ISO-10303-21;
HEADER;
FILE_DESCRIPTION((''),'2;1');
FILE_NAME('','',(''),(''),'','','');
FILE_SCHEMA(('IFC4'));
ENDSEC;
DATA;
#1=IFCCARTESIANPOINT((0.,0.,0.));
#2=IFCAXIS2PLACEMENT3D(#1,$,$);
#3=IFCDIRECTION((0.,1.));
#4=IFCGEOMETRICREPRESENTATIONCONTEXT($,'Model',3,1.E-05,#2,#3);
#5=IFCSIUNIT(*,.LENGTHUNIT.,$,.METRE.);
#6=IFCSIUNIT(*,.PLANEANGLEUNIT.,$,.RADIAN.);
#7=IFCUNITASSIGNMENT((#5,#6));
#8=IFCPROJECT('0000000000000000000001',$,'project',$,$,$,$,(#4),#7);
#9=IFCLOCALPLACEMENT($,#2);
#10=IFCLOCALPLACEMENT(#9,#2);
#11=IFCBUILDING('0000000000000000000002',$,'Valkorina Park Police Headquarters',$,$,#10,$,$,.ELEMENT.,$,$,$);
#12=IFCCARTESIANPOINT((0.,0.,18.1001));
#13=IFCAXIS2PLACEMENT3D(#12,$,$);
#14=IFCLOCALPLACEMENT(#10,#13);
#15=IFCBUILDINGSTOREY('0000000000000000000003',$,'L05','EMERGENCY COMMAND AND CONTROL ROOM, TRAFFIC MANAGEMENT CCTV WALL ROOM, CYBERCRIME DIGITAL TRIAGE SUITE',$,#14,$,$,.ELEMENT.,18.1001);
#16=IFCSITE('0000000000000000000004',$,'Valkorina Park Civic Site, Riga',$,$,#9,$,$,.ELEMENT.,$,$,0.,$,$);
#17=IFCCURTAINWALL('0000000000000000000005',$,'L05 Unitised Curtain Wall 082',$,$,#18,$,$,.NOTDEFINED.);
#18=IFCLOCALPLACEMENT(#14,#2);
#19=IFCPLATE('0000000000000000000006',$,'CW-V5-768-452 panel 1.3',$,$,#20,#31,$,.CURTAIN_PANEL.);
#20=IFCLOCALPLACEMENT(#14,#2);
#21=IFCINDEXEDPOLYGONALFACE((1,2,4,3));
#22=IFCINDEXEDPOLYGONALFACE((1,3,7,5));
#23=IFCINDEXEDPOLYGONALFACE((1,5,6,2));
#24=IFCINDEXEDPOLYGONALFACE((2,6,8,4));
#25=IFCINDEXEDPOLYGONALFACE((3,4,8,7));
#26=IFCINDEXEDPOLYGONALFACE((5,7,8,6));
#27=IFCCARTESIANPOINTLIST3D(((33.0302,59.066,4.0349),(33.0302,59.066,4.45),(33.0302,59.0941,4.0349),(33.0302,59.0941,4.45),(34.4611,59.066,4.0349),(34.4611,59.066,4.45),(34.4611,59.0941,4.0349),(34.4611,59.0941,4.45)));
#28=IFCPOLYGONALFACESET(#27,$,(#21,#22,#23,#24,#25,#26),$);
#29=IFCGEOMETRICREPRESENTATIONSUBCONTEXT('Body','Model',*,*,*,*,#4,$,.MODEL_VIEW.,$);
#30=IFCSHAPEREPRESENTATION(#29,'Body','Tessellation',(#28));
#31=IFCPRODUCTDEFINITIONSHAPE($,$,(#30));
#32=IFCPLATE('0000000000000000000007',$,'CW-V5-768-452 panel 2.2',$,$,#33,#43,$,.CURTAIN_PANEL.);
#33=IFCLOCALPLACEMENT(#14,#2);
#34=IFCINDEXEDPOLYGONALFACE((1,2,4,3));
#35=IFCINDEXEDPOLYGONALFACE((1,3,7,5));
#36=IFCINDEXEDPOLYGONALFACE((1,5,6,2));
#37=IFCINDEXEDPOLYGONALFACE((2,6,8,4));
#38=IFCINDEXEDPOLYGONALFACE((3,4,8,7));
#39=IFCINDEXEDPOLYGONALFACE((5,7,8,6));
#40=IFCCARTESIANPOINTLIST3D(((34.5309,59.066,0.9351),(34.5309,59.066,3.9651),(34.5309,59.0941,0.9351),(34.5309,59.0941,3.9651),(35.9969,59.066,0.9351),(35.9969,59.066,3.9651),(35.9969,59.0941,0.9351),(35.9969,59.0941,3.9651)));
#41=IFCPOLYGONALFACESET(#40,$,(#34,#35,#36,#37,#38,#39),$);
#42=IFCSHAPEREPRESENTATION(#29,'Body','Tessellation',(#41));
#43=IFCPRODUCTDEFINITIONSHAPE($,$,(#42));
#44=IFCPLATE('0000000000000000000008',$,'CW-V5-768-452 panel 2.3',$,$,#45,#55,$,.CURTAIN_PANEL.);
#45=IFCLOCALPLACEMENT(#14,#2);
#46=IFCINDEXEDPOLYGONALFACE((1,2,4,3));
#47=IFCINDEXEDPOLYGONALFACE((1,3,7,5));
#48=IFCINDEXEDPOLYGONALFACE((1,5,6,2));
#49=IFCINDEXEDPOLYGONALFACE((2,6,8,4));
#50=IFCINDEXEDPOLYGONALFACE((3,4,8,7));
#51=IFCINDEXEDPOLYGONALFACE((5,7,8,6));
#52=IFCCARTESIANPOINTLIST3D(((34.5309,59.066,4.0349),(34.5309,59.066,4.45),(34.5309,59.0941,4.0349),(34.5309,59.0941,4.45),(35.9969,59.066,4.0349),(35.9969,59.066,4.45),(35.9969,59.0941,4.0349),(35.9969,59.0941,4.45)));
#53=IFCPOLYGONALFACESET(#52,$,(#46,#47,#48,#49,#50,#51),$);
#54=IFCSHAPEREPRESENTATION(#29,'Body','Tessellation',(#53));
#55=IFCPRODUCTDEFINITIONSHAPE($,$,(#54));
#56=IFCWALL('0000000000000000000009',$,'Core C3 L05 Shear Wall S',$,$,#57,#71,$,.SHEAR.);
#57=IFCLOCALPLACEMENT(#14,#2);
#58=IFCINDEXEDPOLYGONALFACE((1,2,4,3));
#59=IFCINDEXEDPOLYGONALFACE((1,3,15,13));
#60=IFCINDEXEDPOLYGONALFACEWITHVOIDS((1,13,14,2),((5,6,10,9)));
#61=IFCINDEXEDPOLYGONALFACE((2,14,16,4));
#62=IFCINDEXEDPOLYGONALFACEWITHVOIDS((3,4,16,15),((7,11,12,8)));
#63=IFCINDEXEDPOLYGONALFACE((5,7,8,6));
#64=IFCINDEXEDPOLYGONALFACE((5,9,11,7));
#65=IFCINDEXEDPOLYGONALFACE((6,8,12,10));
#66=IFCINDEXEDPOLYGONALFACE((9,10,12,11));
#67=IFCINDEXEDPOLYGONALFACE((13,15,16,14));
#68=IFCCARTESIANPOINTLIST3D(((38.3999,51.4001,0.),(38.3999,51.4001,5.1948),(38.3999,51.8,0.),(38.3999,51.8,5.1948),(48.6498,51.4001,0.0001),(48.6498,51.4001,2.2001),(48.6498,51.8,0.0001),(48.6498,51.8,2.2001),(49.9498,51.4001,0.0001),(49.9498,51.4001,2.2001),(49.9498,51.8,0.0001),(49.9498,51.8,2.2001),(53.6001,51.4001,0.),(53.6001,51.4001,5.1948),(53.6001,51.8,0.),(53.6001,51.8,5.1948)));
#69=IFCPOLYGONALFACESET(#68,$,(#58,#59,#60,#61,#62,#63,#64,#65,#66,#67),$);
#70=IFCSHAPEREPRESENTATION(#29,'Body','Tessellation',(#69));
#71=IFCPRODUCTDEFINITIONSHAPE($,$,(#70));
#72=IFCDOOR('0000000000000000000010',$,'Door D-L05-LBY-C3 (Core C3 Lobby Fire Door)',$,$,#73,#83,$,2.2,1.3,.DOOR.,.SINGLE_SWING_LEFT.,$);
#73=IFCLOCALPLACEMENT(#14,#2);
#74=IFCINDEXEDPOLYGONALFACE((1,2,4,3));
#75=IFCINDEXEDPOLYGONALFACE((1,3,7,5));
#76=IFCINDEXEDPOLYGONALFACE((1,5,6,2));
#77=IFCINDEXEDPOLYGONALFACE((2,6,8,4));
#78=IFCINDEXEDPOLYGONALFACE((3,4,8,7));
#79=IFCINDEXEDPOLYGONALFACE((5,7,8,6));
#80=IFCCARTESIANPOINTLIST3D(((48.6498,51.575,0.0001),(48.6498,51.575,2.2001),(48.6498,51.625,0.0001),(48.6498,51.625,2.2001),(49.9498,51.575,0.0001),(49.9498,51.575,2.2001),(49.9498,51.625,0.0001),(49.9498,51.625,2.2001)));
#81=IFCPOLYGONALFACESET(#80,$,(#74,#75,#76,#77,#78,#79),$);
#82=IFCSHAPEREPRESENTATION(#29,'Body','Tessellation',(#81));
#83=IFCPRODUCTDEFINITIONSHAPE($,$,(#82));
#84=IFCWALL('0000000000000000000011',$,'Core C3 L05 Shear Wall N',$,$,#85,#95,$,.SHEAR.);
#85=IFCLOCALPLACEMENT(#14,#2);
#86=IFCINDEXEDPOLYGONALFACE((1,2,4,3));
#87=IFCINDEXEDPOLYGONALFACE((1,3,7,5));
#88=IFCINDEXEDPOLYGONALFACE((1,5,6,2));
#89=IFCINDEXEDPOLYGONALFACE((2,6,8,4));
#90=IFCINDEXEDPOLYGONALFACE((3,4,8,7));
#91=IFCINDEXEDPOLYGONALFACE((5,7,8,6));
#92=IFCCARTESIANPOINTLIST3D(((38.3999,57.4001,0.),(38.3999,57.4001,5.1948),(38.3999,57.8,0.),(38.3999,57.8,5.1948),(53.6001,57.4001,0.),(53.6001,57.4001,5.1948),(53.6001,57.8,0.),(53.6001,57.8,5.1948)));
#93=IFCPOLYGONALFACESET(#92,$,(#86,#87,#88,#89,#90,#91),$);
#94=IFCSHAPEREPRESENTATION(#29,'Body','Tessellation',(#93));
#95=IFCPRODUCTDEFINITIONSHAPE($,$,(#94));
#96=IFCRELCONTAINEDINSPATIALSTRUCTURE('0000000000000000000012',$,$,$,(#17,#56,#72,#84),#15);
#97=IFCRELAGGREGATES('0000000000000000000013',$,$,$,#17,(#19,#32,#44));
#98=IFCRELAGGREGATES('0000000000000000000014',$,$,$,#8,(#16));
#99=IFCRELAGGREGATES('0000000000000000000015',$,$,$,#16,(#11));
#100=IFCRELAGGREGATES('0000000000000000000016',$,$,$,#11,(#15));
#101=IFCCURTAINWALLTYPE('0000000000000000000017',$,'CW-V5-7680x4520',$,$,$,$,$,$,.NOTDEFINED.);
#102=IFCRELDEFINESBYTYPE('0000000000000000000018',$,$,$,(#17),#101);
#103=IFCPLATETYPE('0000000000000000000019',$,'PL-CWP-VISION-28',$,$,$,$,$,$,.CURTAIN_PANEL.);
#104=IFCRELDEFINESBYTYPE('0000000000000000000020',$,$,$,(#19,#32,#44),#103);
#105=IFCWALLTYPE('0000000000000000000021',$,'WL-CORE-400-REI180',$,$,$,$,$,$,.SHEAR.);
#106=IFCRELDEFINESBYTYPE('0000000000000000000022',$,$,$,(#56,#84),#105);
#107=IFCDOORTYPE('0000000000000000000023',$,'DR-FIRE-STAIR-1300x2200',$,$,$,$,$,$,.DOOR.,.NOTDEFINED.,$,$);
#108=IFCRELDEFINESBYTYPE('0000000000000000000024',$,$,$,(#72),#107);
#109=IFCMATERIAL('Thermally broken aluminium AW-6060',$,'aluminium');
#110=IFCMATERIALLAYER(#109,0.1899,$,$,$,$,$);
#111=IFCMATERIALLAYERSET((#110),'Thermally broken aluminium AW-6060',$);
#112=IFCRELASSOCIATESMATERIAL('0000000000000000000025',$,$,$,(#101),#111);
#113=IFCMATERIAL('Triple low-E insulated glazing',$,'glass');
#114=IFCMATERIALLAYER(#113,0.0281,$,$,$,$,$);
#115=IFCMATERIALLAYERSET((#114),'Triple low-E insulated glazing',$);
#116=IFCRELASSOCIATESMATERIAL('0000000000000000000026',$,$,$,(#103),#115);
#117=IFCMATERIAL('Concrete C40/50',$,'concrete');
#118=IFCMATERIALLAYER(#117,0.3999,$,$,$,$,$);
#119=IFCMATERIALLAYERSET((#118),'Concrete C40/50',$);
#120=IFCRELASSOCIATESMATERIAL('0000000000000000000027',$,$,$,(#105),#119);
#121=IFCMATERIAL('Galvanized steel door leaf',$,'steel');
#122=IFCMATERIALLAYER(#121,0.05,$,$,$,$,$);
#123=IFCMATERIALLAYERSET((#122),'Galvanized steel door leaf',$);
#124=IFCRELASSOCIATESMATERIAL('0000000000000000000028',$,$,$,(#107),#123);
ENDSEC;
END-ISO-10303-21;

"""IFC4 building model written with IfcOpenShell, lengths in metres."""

from ifc_helpers import new_model, si_unit, direction, frame, frame_2d, origin, origin_2d, place, context, subcontext, project, spatial, rectangle, extrude, material, layer, layer_set, type_object, element, fill, aggregate, save


model = new_model("IFC4")

# Units and contexts
model_context = context("Model", 3, precision=1e-05, world=origin(), true_north=direction((0.0, 1.0)))
body_context = subcontext(model_context, "Body", "Model", "MODEL_VIEW")
ifc_project = project(units=[si_unit("LENGTHUNIT", "METRE"), si_unit("PLANEANGLEUNIT", "RADIAN")], contexts=[model_context])

# Site, building, storey
site_placement = place(None, origin())
site = spatial("IfcSite", under=ifc_project, at=site_placement, Name="Valkorina Park Civic Site, Riga", CompositionType="ELEMENT", RefElevation=0.0)
building_placement = place(site_placement, origin())
building = spatial("IfcBuilding", under=site, at=building_placement, Name="Valkorina Park Police Headquarters", CompositionType="ELEMENT")
storey_placement = place(building_placement, frame((0.0, 0.0, 18.1001)))
storey = spatial("IfcBuildingStorey", under=building, at=storey_placement, Name="L05", Description="EMERGENCY COMMAND AND CONTROL ROOM, TRAFFIC MANAGEMENT CCTV WALL ROOM, CYBERCRIME DIGITAL TRIAGE SUITE", CompositionType="ELEMENT", Elevation=18.1001)

# Curtain wall
ifc_material_1 = material(Name="Thermally broken aluminium AW-6060", Category="aluminium")
ifc_layer_1 = layer(ifc_material_1, 0.1899)
ifc_layer_set_1 = layer_set([ifc_layer_1], Name="Thermally broken aluminium AW-6060")
curtain_wall_type_1 = type_object("IfcCurtainWallType", Name="CW-V5-7680x4520", PredefinedType="NOTDEFINED", material=ifc_layer_set_1)
curtain_wall_1_placement = place(storey_placement, origin())
curtain_wall_1 = element("IfcCurtainWall", 1, at=curtain_wall_1_placement, inside=storey, type_object=curtain_wall_type_1, Name="L05 Unitised Curtain Wall 082", PredefinedType="NOTDEFINED")

# Plates
ifc_material_2 = material(Name="Triple low-E insulated glazing", Category="glass")
ifc_layer_2 = layer(ifc_material_2, 0.0281)
ifc_layer_set_2 = layer_set([ifc_layer_2], Name="Triple low-E insulated glazing")
plate_type_1 = type_object("IfcPlateType", Name="PL-CWP-VISION-28", PredefinedType="CURTAIN_PANEL", material=ifc_layer_set_2)
plate_1_placement = place(storey_placement, frame((33.7456, 59.0801, 4.0349), z_axis=(0.0, 0.0, 1.0), x_axis=(1.0, 0.0, 0.0)))
plate_1 = element("IfcPlate", 2, at=plate_1_placement, type_object=plate_type_1, Name="CW-V5-768-452 panel 1.3", PredefinedType="CURTAIN_PANEL", context=body_context, shape_type="SweptSolid", body=[
    extrude(rectangle(XDim=1.4309, YDim=0.0281, at=origin_2d()), origin(), (0.0, 0.0, 1.0), 0.415),
])
plate_2_placement = place(storey_placement, frame((35.2639, 59.0801, 0.9351), z_axis=(0.0, 0.0, 1.0), x_axis=(1.0, 0.0, 0.0)))
plate_2 = element("IfcPlate", 3, at=plate_2_placement, type_object=plate_type_1, Name="CW-V5-768-452 panel 2.2", PredefinedType="CURTAIN_PANEL", context=body_context, shape_type="SweptSolid", body=[
    extrude(rectangle(XDim=1.4661, YDim=0.0281, at=origin_2d()), origin(), (0.0, 0.0, 1.0), 3.03),
])
plate_3_placement = place(storey_placement, frame((35.2639, 59.0801, 4.0349), z_axis=(0.0, 0.0, 1.0), x_axis=(1.0, 0.0, 0.0)))
plate_3 = element("IfcPlate", 4, at=plate_3_placement, type_object=plate_type_1, Name="CW-V5-768-452 panel 2.3", PredefinedType="CURTAIN_PANEL", context=body_context, shape_type="SweptSolid", body=[
    extrude(rectangle(XDim=1.4661, YDim=0.0281, at=origin_2d()), origin(), (0.0, 0.0, 1.0), 0.415),
])
aggregate(curtain_wall_1, [plate_1, plate_2, plate_3])

# Wall, opening, door
ifc_material_3 = material(Name="Concrete C40/50", Category="concrete")
ifc_layer_3 = layer(ifc_material_3, 0.3999)
ifc_layer_set_3 = layer_set([ifc_layer_3], Name="Concrete C40/50")
wall_type = type_object("IfcWallType", Name="WL-CORE-400-REI180", PredefinedType="SHEAR", material=ifc_layer_set_3)
wall_1_placement = place(storey_placement, frame((38.3999, 51.6001, 0.0), z_axis=(0.0, 0.0, 1.0), x_axis=(1.0, 0.0, 0.0)))
wall_1 = element("IfcWall", 5, at=wall_1_placement, inside=storey, type_object=wall_type, Name="Core C3 L05 Shear Wall S", PredefinedType="SHEAR", context=body_context, shape_type="SweptSolid", body=[
    extrude(rectangle(XDim=15.2002, YDim=0.3999, at=frame_2d((7.6001, 0.0))), origin(), (0.0, 0.0, 1.0), 5.1948),
])
opening_placement = place(wall_1_placement, frame((10.25, 0.0, 0.0)))
opening = element("IfcOpeningElement", 6, at=opening_placement, cuts=wall_1, PredefinedType="OPENING", context=body_context, shape_type="SweptSolid", body=[
    extrude(rectangle(XDim=1.3, YDim=2.2, at=frame_2d((0.6499, 1.1001))), frame((0.0, 0.21, 0.0), z_axis=(0.0, -1.0, 0.0), x_axis=(1.0, 0.0, 0.0)), (0.0, 0.0, 1.0), 0.4199),
])
ifc_material_4 = material(Name="Galvanized steel door leaf", Category="steel")
ifc_layer_4 = layer(ifc_material_4, 0.05)
ifc_layer_set_4 = layer_set([ifc_layer_4], Name="Galvanized steel door leaf")
door_type = type_object("IfcDoorType", Name="DR-FIRE-STAIR-1300x2200", OperationType="NOTDEFINED", PredefinedType="DOOR", material=ifc_layer_set_4)
door_placement = place(opening_placement, origin())
door = element("IfcDoor", 7, at=door_placement, inside=storey, type_object=door_type, Name="Door D-L05-LBY-C3 (Core C3 Lobby Fire Door)", OperationType="SINGLE_SWING_LEFT", OverallHeight=2.2, OverallWidth=1.3, PredefinedType="DOOR", context=body_context, shape_type="SweptSolid", body=[
    extrude(rectangle(XDim=1.3, YDim=2.2, at=frame_2d((0.6499, 1.1001))), frame((0.0, 0.0249, 0.0), z_axis=(0.0, -1.0, 0.0), x_axis=(1.0, 0.0, 0.0)), (0.0, 0.0, 1.0), 0.05),
])
fill(opening, door)

# Wall
wall_2_placement = place(storey_placement, frame((38.3999, 57.6001, 0.0), z_axis=(0.0, 0.0, 1.0), x_axis=(1.0, 0.0, 0.0)))
element("IfcWall", 8, at=wall_2_placement, inside=storey, type_object=wall_type, Name="Core C3 L05 Shear Wall N", PredefinedType="SHEAR", context=body_context, shape_type="SweptSolid", body=[
    extrude(rectangle(XDim=15.2002, YDim=0.3999, at=frame_2d((7.6001, 0.0))), origin(), (0.0, 0.0, 1.0), 5.1948),
])

save(model, "model.ifc")
